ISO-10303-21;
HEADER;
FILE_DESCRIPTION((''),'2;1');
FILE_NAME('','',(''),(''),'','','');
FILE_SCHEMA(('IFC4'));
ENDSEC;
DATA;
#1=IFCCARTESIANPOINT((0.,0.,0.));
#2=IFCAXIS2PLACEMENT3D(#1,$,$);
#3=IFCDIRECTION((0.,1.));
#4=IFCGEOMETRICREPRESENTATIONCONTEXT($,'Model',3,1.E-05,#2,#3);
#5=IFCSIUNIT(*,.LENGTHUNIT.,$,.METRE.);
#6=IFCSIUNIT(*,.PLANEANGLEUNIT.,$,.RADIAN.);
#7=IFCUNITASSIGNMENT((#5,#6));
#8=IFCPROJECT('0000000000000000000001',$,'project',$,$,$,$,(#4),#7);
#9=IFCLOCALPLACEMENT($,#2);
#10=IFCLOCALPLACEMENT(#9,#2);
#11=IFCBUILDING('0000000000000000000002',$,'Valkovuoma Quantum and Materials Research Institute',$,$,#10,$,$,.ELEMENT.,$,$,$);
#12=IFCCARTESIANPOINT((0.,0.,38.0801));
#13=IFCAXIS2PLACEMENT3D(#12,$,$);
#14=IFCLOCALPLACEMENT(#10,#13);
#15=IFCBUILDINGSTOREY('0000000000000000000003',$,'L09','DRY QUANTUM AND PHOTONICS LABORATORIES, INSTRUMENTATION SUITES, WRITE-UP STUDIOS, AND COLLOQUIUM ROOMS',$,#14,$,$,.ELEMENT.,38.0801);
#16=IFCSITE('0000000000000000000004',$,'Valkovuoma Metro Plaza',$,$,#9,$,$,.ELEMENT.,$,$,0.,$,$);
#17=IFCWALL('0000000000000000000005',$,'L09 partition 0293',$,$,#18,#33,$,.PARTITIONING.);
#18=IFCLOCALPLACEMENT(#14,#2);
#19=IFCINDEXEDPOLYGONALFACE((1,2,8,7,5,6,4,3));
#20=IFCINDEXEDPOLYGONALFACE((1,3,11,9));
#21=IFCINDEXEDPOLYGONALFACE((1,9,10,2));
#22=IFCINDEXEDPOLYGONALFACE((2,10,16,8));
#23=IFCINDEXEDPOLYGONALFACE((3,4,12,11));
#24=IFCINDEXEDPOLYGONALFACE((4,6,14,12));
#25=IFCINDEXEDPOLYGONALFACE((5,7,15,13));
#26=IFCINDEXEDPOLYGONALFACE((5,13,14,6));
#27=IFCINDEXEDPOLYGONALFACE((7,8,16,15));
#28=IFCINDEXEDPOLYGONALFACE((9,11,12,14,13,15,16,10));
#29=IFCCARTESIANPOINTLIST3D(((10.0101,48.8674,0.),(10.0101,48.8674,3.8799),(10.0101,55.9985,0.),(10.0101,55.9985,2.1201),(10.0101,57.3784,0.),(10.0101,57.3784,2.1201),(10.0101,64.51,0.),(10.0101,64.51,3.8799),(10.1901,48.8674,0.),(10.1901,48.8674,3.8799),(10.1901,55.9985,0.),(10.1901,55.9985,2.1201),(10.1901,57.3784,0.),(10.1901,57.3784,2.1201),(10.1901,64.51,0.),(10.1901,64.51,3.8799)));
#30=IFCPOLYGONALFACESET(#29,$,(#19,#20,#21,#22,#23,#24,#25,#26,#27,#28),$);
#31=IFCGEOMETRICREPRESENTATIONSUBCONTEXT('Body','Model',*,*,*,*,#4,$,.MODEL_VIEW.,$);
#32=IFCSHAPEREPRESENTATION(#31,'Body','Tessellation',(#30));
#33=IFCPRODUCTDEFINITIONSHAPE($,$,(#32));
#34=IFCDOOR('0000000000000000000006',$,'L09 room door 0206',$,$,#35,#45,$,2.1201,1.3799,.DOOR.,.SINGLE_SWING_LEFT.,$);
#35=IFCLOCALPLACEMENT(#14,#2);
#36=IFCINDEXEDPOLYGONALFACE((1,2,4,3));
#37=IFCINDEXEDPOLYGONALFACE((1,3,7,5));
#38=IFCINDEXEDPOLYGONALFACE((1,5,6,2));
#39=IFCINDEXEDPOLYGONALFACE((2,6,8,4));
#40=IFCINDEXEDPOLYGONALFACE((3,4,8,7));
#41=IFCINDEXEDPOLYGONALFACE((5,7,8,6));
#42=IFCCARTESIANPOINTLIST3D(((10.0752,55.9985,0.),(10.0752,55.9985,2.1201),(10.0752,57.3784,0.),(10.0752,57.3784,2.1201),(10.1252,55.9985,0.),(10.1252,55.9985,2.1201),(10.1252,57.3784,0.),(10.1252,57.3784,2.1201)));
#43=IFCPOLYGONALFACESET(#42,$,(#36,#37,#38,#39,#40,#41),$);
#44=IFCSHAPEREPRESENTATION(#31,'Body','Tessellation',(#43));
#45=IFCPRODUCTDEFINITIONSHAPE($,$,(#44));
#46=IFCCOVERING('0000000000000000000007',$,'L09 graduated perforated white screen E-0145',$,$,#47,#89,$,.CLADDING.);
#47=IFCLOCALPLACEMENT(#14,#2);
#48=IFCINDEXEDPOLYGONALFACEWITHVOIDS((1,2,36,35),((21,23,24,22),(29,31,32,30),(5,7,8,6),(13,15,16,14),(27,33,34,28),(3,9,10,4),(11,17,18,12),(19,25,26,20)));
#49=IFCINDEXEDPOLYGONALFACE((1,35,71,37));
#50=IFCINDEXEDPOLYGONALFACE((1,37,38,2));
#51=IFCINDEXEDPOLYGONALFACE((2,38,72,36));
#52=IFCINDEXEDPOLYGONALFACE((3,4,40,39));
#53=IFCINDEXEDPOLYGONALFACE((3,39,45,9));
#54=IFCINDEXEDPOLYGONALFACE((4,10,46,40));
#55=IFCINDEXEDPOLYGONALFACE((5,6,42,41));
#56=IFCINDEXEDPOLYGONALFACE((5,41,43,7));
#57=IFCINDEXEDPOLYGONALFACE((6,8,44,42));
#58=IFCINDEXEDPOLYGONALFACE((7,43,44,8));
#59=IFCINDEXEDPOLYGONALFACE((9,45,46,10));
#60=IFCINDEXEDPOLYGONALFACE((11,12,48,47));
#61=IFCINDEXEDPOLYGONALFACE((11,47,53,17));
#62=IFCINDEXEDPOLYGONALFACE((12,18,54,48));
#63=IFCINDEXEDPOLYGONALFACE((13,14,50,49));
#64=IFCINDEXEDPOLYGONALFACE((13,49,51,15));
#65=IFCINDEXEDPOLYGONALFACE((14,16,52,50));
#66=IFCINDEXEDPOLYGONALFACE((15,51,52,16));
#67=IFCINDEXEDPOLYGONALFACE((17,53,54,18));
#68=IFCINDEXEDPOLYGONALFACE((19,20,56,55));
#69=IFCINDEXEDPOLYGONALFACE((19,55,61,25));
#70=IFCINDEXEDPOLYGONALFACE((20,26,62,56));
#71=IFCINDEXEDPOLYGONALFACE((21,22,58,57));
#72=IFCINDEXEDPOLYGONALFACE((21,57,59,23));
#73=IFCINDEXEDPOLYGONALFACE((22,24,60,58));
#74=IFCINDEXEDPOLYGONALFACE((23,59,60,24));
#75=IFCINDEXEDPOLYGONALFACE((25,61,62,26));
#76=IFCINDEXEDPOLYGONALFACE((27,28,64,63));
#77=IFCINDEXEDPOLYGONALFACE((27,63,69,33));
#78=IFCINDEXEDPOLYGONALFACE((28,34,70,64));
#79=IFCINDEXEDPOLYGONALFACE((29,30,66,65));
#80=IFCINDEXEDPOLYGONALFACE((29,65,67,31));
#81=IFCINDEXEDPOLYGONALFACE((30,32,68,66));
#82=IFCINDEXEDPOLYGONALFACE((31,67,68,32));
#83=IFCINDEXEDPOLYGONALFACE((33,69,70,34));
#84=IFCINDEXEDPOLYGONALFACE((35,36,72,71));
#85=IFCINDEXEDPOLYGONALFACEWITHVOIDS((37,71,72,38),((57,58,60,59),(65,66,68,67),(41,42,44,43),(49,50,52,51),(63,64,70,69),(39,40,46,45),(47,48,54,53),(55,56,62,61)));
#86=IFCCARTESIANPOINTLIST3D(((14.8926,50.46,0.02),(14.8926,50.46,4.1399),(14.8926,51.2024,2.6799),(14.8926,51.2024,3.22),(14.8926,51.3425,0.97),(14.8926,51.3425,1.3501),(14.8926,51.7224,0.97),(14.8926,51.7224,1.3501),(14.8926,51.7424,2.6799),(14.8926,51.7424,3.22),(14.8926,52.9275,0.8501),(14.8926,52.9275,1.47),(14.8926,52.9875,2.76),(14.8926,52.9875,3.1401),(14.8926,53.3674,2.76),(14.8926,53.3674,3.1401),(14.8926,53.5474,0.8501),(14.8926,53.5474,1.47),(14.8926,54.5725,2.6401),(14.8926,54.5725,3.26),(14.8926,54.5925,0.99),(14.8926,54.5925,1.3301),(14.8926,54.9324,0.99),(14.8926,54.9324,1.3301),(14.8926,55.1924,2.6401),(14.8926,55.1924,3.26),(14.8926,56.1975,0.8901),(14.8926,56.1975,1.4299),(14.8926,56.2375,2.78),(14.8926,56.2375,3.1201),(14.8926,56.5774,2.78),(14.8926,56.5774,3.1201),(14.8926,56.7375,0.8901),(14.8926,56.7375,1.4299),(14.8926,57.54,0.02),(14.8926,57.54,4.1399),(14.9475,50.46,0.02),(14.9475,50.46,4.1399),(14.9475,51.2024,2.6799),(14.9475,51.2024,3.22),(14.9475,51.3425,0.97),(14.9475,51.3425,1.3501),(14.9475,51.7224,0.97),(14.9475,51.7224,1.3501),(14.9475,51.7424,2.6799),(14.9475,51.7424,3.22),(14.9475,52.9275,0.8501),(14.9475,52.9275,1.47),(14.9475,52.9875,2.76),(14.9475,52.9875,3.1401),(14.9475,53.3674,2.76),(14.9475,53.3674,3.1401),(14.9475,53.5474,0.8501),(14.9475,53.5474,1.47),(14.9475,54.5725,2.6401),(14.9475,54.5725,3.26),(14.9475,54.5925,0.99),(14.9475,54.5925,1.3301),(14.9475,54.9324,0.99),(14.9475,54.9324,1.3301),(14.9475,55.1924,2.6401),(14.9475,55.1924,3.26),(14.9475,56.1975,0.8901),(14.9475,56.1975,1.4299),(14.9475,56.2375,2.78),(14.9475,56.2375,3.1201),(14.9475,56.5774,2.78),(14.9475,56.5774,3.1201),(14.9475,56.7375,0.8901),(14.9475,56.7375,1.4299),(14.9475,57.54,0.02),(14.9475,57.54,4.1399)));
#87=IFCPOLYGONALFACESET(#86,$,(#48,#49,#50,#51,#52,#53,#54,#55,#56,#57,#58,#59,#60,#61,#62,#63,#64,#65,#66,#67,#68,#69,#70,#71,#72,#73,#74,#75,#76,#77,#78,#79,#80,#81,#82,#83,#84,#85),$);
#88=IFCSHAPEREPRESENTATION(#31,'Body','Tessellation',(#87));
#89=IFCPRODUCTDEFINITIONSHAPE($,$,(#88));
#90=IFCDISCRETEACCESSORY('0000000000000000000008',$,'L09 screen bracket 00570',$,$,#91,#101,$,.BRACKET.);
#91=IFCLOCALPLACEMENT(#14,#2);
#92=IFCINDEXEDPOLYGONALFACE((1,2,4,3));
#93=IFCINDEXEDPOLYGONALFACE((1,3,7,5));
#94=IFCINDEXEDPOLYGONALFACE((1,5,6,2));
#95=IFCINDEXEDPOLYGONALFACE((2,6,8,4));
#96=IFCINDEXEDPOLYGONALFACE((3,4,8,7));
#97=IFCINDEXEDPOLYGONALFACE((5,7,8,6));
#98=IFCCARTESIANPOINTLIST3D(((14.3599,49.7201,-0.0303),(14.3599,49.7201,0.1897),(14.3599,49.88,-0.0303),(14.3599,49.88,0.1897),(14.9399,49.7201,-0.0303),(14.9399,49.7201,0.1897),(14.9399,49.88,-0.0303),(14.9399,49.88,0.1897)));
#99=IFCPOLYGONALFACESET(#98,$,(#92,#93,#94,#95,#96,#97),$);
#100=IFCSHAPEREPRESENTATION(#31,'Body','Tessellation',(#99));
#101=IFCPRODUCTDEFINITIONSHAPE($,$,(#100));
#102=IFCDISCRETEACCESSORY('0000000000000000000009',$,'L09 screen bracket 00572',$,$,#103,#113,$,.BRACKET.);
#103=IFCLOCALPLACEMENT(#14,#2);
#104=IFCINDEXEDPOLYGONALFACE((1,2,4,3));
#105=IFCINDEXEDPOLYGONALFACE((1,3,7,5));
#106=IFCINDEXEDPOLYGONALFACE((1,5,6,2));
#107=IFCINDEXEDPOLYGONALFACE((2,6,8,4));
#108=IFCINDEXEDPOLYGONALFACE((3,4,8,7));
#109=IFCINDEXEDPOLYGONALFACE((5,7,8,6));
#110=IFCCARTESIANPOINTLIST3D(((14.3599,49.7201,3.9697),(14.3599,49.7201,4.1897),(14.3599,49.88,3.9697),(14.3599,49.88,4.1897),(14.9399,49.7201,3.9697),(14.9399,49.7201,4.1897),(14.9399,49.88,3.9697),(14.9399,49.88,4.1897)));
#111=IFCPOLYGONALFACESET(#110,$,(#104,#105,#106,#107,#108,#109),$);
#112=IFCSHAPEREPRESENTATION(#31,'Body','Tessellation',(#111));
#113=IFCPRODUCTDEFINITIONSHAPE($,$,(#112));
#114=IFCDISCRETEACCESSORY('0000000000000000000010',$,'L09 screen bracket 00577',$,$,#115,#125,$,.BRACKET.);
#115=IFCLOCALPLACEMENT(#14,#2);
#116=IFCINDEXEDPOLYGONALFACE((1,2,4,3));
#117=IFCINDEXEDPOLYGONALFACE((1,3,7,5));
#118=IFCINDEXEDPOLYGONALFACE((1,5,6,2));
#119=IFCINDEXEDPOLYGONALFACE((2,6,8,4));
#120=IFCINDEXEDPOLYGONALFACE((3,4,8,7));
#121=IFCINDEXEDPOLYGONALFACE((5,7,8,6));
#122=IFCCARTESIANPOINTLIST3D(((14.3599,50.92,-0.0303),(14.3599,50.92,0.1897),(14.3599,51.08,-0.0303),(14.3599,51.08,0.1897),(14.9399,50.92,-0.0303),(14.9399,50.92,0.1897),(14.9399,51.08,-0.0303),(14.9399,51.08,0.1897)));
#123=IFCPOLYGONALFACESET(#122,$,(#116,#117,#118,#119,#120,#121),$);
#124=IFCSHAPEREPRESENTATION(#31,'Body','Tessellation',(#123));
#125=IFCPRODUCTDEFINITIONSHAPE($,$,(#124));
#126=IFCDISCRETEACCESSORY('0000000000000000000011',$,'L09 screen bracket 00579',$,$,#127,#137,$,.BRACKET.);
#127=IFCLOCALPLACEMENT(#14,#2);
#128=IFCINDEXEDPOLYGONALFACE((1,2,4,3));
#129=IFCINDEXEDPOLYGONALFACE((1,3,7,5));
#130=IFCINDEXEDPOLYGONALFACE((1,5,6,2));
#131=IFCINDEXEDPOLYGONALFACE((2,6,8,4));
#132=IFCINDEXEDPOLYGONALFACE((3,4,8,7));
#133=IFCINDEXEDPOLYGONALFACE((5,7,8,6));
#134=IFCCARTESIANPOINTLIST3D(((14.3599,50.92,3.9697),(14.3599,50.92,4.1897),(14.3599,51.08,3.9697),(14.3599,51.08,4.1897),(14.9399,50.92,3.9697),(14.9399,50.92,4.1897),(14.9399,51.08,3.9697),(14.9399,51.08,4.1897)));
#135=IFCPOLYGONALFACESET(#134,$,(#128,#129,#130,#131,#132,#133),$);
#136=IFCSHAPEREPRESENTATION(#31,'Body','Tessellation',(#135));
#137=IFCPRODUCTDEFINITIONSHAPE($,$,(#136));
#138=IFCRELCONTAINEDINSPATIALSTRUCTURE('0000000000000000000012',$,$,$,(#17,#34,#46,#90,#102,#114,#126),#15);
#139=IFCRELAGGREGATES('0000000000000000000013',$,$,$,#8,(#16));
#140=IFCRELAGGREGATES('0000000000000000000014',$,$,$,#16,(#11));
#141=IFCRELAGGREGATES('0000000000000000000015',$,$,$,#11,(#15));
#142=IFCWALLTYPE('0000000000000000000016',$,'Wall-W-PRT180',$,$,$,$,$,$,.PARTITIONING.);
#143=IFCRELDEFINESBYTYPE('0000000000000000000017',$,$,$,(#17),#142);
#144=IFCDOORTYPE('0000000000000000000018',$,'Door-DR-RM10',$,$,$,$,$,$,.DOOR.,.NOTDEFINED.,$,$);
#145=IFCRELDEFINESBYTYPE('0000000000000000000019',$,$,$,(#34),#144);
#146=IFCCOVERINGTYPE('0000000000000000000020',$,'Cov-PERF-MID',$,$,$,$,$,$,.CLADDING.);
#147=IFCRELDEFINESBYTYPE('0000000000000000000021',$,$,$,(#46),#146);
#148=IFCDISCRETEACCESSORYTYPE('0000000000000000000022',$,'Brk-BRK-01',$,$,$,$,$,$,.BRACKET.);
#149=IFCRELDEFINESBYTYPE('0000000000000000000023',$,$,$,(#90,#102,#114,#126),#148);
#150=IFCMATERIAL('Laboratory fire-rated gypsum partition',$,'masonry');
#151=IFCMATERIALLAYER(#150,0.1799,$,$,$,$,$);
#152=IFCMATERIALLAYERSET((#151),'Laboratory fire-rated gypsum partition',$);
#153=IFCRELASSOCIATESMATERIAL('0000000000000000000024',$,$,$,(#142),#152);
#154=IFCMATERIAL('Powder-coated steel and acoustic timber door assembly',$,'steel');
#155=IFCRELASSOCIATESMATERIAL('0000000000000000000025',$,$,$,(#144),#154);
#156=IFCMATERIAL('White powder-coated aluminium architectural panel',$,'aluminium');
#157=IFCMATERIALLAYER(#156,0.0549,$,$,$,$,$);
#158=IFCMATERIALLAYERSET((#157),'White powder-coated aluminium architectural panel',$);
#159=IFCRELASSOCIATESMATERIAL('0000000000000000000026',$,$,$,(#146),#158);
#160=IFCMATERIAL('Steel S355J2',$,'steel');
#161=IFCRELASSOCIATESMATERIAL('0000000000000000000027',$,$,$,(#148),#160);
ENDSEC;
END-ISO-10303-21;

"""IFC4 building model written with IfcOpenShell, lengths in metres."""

from ifc_helpers import new_model, si_unit, direction, frame, frame_2d, origin, origin_2d, place, context, subcontext, project, spatial, polyline, rectangle, outline, extrude, material, layer, layer_set, type_object, element, fill, save


model = new_model("IFC4")

# Units and contexts
model_context = context("Model", 3, precision=1e-05, world=origin(), true_north=direction((0.0, 1.0)))
body_context = subcontext(model_context, "Body", "Model", "MODEL_VIEW")
ifc_project = project(units=[si_unit("LENGTHUNIT", "METRE"), si_unit("PLANEANGLEUNIT", "RADIAN")], contexts=[model_context])

# Site, building, storey
site_placement = place(None, origin())
site = spatial("IfcSite", under=ifc_project, at=site_placement, Name="Valkovuoma Metro Plaza", CompositionType="ELEMENT", RefElevation=0.0)
building_placement = place(site_placement, origin())
building = spatial("IfcBuilding", under=site, at=building_placement, Name="Valkovuoma Quantum and Materials Research Institute", CompositionType="ELEMENT")
storey_placement = place(building_placement, frame((0.0, 0.0, 38.0801)))
storey = spatial("IfcBuildingStorey", under=building, at=storey_placement, Name="L09", Description="DRY QUANTUM AND PHOTONICS LABORATORIES, INSTRUMENTATION SUITES, WRITE-UP STUDIOS, AND COLLOQUIUM ROOMS", CompositionType="ELEMENT", Elevation=38.0801)

# Wall, opening, door
ifc_material_1 = material(Name="Laboratory fire-rated gypsum partition", Category="masonry")
ifc_layer_1 = layer(ifc_material_1, 0.1799)
ifc_layer_set_1 = layer_set([ifc_layer_1], Name="Laboratory fire-rated gypsum partition")
wall_type_1 = type_object("IfcWallType", Name="Wall-W-PRT180", PredefinedType="PARTITIONING", material=ifc_layer_set_1)
wall_1_placement = place(storey_placement, frame((10.1001, 48.8674, 0.0), z_axis=(0.0, 0.0, 1.0), x_axis=(0.0, 1.0, 0.0)))
wall_1 = element("IfcWall", 1, at=wall_1_placement, inside=storey, type_object=wall_type_1, Name="L09 partition 0293", PredefinedType="PARTITIONING", context=body_context, shape_type="SweptSolid", body=[
    extrude(rectangle(XDim=15.6426, YDim=0.1799, at=frame_2d((7.8213, 0.0))), origin(), (0.0, 0.0, 1.0), 3.8799),
])
opening_placement = place(wall_1_placement, frame((7.1311, 0.0, 0.0)))
opening = element("IfcOpeningElement", 2, at=opening_placement, cuts=wall_1, PredefinedType="OPENING", context=body_context, shape_type="SweptSolid", body=[
    extrude(rectangle(XDim=1.3799, YDim=2.1201, at=frame_2d((0.6899, 1.0601))), frame((0.0, 0.1001, 0.0), z_axis=(0.0, -1.0, 0.0), x_axis=(1.0, 0.0, 0.0)), (0.0, 0.0, 1.0), 0.2),
])
ifc_material_2 = material(Name="Powder-coated steel and acoustic timber door assembly", Category="steel")
door_type = type_object("IfcDoorType", Name="Door-DR-RM10", OperationType="NOTDEFINED", PredefinedType="DOOR", material=ifc_material_2)
door_placement = place(opening_placement, origin())
door = element("IfcDoor", 3, at=door_placement, inside=storey, type_object=door_type, Name="L09 room door 0206", OperationType="SINGLE_SWING_LEFT", OverallHeight=2.1201, OverallWidth=1.3799, PredefinedType="DOOR", context=body_context, shape_type="SweptSolid", body=[
    extrude(rectangle(XDim=1.3799, YDim=2.1201, at=frame_2d((0.6899, 1.0601))), frame((0.0, 0.0249, 0.0), z_axis=(0.0, -1.0, 0.0), x_axis=(1.0, 0.0, 0.0)), (0.0, 0.0, 1.0), 0.05),
])
fill(opening, door)

# Covering
ifc_material_3 = material(Name="White powder-coated aluminium architectural panel", Category="aluminium")
ifc_layer_2 = layer(ifc_material_3, 0.0549)
ifc_layer_set_2 = layer_set([ifc_layer_2], Name="White powder-coated aluminium architectural panel")
covering_type = type_object("IfcCoveringType", Name="Cov-PERF-MID", PredefinedType="CLADDING", material=ifc_layer_set_2)
covering_placement = place(storey_placement, frame((14.9199, 50.46, 0.02), z_axis=(0.0, 0.0, 1.0), x_axis=(0.0, 1.0, 0.0)))
element("IfcCovering", 4, at=covering_placement, inside=storey, type_object=covering_type, Name="L09 graduated perforated white screen E-0145", PredefinedType="CLADDING", context=body_context, shape_type="SweptSolid", body=[
    extrude(outline(polyline([(0.0, 0.0), (7.0801, 0.0), (7.0801, 4.1199), (0.0, 4.1199), (0.0, 0.0)]), holes=[polyline([(0.8826, 0.95), (0.8826, 1.3301), (1.2625, 1.3301), (1.2625, 0.95), (0.8826, 0.95)]), polyline([(0.7424, 2.6599), (0.7424, 3.2), (1.2825, 3.2), (1.2825, 2.6599), (0.7424, 2.6599)]), polyline([(2.4675, 0.8301), (2.4675, 1.45), (3.0874, 1.45), (3.0874, 0.8301), (2.4675, 0.8301)]), polyline([(2.5276, 2.74), (2.5276, 3.1201), (2.9075, 3.1201), (2.9075, 2.74), (2.5276, 2.74)]), polyline([(4.1326, 0.97), (4.1326, 1.3101), (4.4724, 1.3101), (4.4724, 0.97), (4.1326, 0.97)]), polyline([(4.1125, 2.6201), (4.1125, 3.24), (4.7324, 3.24), (4.7324, 2.6201), (4.1125, 2.6201)]), polyline([(5.7375, 0.8701), (5.7375, 1.4099), (6.2776, 1.4099), (6.2776, 0.8701), (5.7375, 0.8701)]), polyline([(5.7776, 2.76), (5.7776, 3.1001), (6.1174, 3.1001), (6.1174, 2.76), (5.7776, 2.76)])]), frame((0.0, 0.0273, 0.0), z_axis=(0.0, -1.0, 0.0), x_axis=(1.0, 0.0, 0.0)), (0.0, 0.0, 1.0), 0.0549),
])

# Discrete accessories
ifc_material_4 = material(Name="Steel S355J2", Category="steel")
discrete_accessory_type = type_object("IfcDiscreteAccessoryType", Name="Brk-BRK-01", PredefinedType="BRACKET", material=ifc_material_4)
for number, where, z_axis, x_axis, name in (
    (5, (14.6499, 49.8, -0.0303), (0.0, 0.0, 1.0), (1.0, 0.0, 0.0), "L09 screen bracket 00570"),
    (6, (14.6499, 49.8, 3.9697), (0.0, 0.0, 1.0), (1.0, 0.0, 0.0), "L09 screen bracket 00572"),
    (7, (14.6499, 51.0, -0.0303), (0.0, 0.0, 1.0), (1.0, 0.0, 0.0), "L09 screen bracket 00577"),
    (8, (14.6499, 51.0, 3.9697), (0.0, 0.0, 1.0), (1.0, 0.0, 0.0), "L09 screen bracket 00579"),
):
    element("IfcDiscreteAccessory", number, at=place(storey_placement, frame(where, z_axis=z_axis, x_axis=x_axis)), inside=storey, type_object=discrete_accessory_type, Name=name, PredefinedType="BRACKET", context=body_context, shape_type="SweptSolid", body=[
        extrude(rectangle(XDim=0.5801, YDim=0.1599, at=origin_2d()), origin(), (0.0, 0.0, 1.0), 0.22),
    ])

save(model, "model.ifc")
